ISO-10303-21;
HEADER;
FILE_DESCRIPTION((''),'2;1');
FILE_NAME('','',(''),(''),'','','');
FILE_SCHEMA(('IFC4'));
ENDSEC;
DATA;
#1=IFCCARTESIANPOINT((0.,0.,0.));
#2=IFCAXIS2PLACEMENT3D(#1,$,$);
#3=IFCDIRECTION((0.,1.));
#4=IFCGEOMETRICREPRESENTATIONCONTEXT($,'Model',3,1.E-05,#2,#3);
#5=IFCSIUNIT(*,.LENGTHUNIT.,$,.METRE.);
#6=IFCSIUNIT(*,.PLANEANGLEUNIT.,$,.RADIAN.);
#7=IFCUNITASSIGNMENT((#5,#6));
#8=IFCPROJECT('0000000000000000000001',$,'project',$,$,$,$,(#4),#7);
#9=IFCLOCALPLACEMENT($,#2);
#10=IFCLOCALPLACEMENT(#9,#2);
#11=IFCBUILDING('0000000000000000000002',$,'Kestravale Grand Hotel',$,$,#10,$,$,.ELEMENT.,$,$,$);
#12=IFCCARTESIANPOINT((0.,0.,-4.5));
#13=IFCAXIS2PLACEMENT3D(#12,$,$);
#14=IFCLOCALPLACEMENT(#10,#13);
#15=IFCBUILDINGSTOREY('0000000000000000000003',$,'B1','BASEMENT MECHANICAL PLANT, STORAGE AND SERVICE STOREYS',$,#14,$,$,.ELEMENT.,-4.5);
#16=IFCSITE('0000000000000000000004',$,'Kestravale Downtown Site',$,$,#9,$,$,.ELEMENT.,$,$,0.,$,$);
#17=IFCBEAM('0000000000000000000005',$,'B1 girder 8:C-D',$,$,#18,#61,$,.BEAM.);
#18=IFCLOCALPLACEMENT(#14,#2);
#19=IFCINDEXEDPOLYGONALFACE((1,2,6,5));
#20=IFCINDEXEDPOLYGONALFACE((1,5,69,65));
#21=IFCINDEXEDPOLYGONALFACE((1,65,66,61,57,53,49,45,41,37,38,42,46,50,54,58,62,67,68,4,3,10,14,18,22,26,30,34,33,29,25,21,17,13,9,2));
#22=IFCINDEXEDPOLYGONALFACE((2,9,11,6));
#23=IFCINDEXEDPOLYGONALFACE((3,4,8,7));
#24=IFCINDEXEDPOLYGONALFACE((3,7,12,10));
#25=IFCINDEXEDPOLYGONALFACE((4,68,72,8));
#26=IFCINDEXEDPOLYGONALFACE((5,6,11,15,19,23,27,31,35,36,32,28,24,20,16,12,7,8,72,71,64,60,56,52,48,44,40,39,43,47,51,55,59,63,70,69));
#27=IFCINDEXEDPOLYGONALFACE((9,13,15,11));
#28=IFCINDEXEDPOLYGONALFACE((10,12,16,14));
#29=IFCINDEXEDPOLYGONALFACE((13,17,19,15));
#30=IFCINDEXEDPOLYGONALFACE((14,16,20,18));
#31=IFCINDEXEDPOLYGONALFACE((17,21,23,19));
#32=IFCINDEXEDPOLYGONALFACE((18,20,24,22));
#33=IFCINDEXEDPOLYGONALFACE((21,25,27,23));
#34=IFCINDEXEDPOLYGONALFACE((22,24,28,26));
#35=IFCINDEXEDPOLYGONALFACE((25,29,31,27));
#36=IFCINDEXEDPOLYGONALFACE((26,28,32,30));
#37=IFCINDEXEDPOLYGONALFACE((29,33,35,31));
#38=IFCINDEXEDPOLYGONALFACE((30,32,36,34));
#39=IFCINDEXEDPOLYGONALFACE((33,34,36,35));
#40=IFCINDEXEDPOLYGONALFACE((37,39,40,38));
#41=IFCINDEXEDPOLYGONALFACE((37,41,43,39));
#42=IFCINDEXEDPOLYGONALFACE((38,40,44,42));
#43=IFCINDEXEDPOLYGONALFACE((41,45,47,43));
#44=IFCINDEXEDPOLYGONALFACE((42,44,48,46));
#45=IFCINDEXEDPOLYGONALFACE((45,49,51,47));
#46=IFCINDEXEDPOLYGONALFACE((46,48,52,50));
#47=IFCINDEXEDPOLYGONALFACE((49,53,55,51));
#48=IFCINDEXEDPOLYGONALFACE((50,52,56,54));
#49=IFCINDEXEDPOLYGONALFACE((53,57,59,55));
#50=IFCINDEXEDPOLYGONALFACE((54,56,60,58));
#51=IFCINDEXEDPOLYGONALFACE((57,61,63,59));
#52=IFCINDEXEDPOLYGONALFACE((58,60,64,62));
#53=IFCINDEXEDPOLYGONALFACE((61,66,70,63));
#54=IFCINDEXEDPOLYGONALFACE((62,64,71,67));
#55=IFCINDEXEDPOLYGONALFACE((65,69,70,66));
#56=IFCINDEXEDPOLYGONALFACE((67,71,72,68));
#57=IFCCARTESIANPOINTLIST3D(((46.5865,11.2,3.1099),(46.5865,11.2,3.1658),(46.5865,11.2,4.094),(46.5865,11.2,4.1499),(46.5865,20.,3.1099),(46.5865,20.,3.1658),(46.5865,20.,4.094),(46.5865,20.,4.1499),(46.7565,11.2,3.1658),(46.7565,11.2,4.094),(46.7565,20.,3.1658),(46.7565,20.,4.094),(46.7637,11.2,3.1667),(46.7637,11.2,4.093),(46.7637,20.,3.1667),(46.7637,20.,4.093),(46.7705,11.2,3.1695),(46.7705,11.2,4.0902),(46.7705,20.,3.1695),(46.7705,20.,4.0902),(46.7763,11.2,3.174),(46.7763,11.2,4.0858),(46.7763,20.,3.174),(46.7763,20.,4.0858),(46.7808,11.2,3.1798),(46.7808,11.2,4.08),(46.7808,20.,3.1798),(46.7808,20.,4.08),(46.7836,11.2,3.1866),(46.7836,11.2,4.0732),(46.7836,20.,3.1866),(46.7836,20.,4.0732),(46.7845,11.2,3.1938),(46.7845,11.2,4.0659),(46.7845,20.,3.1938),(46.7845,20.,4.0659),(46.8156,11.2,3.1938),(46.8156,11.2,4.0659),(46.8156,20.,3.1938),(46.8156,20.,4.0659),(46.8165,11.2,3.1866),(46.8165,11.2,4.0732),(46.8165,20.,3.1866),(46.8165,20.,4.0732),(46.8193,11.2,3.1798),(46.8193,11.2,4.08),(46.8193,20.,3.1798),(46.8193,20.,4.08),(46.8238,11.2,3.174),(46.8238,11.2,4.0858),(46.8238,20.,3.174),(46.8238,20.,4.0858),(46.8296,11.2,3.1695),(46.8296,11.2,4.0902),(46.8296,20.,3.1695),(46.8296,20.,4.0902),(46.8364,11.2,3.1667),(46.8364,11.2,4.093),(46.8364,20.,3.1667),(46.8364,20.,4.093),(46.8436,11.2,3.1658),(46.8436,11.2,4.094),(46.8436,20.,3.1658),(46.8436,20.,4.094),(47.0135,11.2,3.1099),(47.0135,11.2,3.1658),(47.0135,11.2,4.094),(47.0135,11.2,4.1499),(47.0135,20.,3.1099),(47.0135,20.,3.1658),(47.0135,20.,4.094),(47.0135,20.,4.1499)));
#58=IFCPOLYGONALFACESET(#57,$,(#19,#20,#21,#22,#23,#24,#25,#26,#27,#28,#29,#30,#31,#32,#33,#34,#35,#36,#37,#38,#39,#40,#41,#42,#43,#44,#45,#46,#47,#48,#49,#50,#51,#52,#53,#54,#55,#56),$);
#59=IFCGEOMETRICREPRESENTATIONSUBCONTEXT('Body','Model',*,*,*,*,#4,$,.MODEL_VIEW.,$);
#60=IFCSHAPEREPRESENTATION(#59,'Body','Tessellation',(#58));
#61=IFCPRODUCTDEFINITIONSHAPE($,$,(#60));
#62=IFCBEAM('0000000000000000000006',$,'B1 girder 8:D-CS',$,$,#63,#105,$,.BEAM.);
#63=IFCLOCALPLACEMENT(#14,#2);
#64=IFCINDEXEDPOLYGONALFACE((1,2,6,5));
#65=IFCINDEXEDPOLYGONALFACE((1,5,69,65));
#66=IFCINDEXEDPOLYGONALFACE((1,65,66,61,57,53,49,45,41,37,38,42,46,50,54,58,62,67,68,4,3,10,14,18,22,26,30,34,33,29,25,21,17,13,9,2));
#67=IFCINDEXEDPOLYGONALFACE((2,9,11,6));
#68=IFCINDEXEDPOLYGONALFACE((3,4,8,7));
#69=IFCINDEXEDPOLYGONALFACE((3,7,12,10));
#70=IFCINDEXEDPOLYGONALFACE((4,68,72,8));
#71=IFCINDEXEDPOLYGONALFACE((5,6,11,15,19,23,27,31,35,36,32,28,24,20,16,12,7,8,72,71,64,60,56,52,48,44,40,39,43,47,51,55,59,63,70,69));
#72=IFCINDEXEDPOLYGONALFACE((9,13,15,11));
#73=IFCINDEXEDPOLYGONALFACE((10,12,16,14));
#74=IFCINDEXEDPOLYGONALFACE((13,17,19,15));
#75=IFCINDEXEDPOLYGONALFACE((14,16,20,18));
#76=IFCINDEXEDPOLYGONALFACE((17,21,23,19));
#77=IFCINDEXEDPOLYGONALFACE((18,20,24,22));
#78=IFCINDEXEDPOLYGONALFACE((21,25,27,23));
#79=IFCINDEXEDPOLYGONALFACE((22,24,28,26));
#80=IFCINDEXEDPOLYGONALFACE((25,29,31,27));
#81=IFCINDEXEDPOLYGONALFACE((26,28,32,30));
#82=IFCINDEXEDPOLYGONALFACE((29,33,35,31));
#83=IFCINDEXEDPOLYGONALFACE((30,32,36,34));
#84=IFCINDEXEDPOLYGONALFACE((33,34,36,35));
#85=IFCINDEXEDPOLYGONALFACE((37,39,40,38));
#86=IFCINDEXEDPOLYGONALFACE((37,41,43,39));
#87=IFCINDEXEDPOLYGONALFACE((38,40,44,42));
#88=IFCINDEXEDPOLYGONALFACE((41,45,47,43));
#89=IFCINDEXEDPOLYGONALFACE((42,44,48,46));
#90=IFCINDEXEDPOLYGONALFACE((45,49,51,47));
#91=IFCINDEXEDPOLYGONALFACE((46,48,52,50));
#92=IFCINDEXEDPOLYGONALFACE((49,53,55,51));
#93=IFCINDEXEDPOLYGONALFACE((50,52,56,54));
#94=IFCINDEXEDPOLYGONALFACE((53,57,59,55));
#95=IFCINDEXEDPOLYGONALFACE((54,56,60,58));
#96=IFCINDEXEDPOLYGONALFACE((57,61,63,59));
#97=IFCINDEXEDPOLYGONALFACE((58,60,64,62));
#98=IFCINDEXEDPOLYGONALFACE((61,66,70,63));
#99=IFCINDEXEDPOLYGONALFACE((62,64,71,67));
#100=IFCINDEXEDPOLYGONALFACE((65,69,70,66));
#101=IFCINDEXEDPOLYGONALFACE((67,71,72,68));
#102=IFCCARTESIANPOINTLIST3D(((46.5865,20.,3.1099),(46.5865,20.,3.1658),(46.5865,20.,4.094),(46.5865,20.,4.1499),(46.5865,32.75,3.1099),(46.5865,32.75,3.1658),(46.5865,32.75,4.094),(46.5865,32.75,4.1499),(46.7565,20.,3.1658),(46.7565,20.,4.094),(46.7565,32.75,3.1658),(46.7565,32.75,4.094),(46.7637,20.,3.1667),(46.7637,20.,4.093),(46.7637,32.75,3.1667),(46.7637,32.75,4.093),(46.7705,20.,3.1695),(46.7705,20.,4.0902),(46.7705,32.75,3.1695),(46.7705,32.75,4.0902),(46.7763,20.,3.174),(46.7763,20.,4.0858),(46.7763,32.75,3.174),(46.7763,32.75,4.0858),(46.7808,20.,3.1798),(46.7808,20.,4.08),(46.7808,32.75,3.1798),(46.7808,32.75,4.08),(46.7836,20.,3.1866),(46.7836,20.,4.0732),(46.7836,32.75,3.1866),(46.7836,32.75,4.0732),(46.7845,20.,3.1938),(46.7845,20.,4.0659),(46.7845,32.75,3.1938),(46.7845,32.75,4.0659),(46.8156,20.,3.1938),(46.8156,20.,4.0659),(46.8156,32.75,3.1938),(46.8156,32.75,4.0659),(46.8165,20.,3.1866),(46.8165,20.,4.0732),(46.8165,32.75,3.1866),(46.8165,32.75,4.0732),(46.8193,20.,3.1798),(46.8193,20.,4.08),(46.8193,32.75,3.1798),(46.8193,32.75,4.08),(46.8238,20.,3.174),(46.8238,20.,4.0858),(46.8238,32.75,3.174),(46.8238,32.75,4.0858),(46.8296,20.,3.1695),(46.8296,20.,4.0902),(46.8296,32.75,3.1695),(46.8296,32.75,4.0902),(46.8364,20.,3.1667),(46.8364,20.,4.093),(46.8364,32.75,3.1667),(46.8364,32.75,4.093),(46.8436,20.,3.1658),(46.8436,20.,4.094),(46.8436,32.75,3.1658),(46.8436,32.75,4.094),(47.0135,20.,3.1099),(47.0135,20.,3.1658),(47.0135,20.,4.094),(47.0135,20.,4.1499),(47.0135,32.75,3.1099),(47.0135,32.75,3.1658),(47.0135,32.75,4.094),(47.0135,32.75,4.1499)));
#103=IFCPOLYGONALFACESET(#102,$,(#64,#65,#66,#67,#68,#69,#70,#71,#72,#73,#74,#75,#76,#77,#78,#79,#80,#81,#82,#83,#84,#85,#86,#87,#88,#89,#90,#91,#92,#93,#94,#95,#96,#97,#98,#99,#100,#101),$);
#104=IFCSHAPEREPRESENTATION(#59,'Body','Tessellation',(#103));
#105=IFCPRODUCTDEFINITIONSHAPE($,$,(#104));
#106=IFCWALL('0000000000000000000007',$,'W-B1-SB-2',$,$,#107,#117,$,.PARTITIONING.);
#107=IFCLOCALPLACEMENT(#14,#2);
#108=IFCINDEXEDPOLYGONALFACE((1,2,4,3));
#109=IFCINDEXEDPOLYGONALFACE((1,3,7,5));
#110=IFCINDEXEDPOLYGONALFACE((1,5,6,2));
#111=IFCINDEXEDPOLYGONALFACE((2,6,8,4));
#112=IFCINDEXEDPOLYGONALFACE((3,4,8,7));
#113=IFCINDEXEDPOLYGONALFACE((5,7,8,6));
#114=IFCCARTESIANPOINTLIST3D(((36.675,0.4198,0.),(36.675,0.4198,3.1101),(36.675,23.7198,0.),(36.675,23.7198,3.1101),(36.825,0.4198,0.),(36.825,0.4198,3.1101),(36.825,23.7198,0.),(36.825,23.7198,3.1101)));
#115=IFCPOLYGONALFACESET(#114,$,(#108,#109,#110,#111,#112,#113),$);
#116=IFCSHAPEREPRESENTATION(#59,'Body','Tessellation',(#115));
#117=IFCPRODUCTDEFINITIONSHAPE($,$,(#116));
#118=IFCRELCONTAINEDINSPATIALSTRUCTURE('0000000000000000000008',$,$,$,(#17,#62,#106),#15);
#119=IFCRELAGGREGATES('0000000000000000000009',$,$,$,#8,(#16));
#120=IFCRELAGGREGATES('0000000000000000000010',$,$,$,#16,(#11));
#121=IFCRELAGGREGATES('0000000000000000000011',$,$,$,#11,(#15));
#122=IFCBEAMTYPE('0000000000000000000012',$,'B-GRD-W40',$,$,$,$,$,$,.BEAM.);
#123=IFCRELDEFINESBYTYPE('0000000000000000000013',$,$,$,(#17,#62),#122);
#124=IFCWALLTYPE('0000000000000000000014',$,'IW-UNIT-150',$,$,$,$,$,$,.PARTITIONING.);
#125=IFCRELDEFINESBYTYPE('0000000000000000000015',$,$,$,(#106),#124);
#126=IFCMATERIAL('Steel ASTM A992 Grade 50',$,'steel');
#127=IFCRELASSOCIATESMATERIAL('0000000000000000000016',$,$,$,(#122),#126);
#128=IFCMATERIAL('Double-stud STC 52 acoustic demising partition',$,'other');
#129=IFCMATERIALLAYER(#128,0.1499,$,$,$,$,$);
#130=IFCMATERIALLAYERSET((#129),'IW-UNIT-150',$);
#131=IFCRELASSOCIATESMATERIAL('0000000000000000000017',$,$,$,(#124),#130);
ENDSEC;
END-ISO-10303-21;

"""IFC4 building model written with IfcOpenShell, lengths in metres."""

from ifc_helpers import new_model, si_unit, direction, frame, frame_2d, origin, origin_2d, place, context, subcontext, project, spatial, rectangle, i_section, extrude, material, layer, layer_set, material_profile, profile_set, type_object, element, save


model = new_model("IFC4")

# Units and contexts
model_context = context("Model", 3, precision=1e-05, world=origin(), true_north=direction((0.0, 1.0)))
body_context = subcontext(model_context, "Body", "Model", "MODEL_VIEW")
ifc_project = project(units=[si_unit("LENGTHUNIT", "METRE"), si_unit("PLANEANGLEUNIT", "RADIAN")], contexts=[model_context])

# Site, building, storey
site_placement = place(None, origin())
site = spatial("IfcSite", under=ifc_project, at=site_placement, Name="Kestravale Downtown Site", CompositionType="ELEMENT", RefElevation=0.0)
building_placement = place(site_placement, origin())
building = spatial("IfcBuilding", under=site, at=building_placement, Name="Kestravale Grand Hotel", CompositionType="ELEMENT")
storey_placement = place(building_placement, frame((0.0, 0.0, -4.5)))
storey = spatial("IfcBuildingStorey", under=building, at=storey_placement, Name="B1", Description="BASEMENT MECHANICAL PLANT, STORAGE AND SERVICE STOREYS", CompositionType="ELEMENT", Elevation=-4.5)

# Beams
ifc_material_1 = material(Name="Steel ASTM A992 Grade 50", Category="steel")
ifc_material_profile_1 = material_profile(ifc_material_1, i_section(OverallWidth=0.427, OverallDepth=1.04, WebThickness=0.031, FlangeThickness=0.0559, FilletRadius=0.0281, at=origin_2d()))
ifc_profile_set_1 = profile_set([ifc_material_profile_1], Name="Steel ASTM A992 Grade 50")
beam_type_1 = type_object("IfcBeamType", Name="B-GRD-W40", PredefinedType="BEAM", material=ifc_profile_set_1)
beam_1_placement = place(storey_placement, frame((46.8, 11.2, 3.6299), z_axis=(0.0, 1.0, 0.0), x_axis=(-1.0, 0.0, 0.0)))
element("IfcBeam", 1, at=beam_1_placement, inside=storey, type_object=beam_type_1, Name="B1 girder 8:C-D", PredefinedType="BEAM", context=body_context, shape_type="SweptSolid", body=[
    extrude(i_section(OverallWidth=0.427, OverallDepth=1.04, WebThickness=0.031, FlangeThickness=0.0559, FilletRadius=0.0281, at=origin_2d()), origin(), (0.0, 0.0, 1.0), 8.8),
])
beam_2_placement = place(storey_placement, frame((46.8, 20.0, 3.6299), z_axis=(0.0, 1.0, 0.0), x_axis=(-1.0, 0.0, 0.0)))
element("IfcBeam", 2, at=beam_2_placement, inside=storey, type_object=beam_type_1, Name="B1 girder 8:D-CS", PredefinedType="BEAM", context=body_context, shape_type="SweptSolid", body=[
    extrude(i_section(OverallWidth=0.427, OverallDepth=1.04, WebThickness=0.031, FlangeThickness=0.0559, FilletRadius=0.0281, at=origin_2d()), origin(), (0.0, 0.0, 1.0), 12.75),
])

# Wall
ifc_material_2 = material(Name="Double-stud STC 52 acoustic demising partition", Category="other")
ifc_layer = layer(ifc_material_2, 0.1499)
ifc_layer_set = layer_set([ifc_layer], Name="IW-UNIT-150")
wall_type = type_object("IfcWallType", Name="IW-UNIT-150", PredefinedType="PARTITIONING", material=ifc_layer_set)
wall_placement = place(storey_placement, frame((36.75, 0.4199, 0.0), z_axis=(0.0, 0.0, 1.0), x_axis=(0.0, 1.0, 0.0)))
element("IfcWall", 3, at=wall_placement, inside=storey, type_object=wall_type, Name="W-B1-SB-2", PredefinedType="PARTITIONING", context=body_context, shape_type="SweptSolid", body=[
    extrude(rectangle(XDim=23.3, YDim=0.1499, at=frame_2d((11.6499, 0.0))), origin(), (0.0, 0.0, 1.0), 3.1101),
])

save(model, "model.ifc")
